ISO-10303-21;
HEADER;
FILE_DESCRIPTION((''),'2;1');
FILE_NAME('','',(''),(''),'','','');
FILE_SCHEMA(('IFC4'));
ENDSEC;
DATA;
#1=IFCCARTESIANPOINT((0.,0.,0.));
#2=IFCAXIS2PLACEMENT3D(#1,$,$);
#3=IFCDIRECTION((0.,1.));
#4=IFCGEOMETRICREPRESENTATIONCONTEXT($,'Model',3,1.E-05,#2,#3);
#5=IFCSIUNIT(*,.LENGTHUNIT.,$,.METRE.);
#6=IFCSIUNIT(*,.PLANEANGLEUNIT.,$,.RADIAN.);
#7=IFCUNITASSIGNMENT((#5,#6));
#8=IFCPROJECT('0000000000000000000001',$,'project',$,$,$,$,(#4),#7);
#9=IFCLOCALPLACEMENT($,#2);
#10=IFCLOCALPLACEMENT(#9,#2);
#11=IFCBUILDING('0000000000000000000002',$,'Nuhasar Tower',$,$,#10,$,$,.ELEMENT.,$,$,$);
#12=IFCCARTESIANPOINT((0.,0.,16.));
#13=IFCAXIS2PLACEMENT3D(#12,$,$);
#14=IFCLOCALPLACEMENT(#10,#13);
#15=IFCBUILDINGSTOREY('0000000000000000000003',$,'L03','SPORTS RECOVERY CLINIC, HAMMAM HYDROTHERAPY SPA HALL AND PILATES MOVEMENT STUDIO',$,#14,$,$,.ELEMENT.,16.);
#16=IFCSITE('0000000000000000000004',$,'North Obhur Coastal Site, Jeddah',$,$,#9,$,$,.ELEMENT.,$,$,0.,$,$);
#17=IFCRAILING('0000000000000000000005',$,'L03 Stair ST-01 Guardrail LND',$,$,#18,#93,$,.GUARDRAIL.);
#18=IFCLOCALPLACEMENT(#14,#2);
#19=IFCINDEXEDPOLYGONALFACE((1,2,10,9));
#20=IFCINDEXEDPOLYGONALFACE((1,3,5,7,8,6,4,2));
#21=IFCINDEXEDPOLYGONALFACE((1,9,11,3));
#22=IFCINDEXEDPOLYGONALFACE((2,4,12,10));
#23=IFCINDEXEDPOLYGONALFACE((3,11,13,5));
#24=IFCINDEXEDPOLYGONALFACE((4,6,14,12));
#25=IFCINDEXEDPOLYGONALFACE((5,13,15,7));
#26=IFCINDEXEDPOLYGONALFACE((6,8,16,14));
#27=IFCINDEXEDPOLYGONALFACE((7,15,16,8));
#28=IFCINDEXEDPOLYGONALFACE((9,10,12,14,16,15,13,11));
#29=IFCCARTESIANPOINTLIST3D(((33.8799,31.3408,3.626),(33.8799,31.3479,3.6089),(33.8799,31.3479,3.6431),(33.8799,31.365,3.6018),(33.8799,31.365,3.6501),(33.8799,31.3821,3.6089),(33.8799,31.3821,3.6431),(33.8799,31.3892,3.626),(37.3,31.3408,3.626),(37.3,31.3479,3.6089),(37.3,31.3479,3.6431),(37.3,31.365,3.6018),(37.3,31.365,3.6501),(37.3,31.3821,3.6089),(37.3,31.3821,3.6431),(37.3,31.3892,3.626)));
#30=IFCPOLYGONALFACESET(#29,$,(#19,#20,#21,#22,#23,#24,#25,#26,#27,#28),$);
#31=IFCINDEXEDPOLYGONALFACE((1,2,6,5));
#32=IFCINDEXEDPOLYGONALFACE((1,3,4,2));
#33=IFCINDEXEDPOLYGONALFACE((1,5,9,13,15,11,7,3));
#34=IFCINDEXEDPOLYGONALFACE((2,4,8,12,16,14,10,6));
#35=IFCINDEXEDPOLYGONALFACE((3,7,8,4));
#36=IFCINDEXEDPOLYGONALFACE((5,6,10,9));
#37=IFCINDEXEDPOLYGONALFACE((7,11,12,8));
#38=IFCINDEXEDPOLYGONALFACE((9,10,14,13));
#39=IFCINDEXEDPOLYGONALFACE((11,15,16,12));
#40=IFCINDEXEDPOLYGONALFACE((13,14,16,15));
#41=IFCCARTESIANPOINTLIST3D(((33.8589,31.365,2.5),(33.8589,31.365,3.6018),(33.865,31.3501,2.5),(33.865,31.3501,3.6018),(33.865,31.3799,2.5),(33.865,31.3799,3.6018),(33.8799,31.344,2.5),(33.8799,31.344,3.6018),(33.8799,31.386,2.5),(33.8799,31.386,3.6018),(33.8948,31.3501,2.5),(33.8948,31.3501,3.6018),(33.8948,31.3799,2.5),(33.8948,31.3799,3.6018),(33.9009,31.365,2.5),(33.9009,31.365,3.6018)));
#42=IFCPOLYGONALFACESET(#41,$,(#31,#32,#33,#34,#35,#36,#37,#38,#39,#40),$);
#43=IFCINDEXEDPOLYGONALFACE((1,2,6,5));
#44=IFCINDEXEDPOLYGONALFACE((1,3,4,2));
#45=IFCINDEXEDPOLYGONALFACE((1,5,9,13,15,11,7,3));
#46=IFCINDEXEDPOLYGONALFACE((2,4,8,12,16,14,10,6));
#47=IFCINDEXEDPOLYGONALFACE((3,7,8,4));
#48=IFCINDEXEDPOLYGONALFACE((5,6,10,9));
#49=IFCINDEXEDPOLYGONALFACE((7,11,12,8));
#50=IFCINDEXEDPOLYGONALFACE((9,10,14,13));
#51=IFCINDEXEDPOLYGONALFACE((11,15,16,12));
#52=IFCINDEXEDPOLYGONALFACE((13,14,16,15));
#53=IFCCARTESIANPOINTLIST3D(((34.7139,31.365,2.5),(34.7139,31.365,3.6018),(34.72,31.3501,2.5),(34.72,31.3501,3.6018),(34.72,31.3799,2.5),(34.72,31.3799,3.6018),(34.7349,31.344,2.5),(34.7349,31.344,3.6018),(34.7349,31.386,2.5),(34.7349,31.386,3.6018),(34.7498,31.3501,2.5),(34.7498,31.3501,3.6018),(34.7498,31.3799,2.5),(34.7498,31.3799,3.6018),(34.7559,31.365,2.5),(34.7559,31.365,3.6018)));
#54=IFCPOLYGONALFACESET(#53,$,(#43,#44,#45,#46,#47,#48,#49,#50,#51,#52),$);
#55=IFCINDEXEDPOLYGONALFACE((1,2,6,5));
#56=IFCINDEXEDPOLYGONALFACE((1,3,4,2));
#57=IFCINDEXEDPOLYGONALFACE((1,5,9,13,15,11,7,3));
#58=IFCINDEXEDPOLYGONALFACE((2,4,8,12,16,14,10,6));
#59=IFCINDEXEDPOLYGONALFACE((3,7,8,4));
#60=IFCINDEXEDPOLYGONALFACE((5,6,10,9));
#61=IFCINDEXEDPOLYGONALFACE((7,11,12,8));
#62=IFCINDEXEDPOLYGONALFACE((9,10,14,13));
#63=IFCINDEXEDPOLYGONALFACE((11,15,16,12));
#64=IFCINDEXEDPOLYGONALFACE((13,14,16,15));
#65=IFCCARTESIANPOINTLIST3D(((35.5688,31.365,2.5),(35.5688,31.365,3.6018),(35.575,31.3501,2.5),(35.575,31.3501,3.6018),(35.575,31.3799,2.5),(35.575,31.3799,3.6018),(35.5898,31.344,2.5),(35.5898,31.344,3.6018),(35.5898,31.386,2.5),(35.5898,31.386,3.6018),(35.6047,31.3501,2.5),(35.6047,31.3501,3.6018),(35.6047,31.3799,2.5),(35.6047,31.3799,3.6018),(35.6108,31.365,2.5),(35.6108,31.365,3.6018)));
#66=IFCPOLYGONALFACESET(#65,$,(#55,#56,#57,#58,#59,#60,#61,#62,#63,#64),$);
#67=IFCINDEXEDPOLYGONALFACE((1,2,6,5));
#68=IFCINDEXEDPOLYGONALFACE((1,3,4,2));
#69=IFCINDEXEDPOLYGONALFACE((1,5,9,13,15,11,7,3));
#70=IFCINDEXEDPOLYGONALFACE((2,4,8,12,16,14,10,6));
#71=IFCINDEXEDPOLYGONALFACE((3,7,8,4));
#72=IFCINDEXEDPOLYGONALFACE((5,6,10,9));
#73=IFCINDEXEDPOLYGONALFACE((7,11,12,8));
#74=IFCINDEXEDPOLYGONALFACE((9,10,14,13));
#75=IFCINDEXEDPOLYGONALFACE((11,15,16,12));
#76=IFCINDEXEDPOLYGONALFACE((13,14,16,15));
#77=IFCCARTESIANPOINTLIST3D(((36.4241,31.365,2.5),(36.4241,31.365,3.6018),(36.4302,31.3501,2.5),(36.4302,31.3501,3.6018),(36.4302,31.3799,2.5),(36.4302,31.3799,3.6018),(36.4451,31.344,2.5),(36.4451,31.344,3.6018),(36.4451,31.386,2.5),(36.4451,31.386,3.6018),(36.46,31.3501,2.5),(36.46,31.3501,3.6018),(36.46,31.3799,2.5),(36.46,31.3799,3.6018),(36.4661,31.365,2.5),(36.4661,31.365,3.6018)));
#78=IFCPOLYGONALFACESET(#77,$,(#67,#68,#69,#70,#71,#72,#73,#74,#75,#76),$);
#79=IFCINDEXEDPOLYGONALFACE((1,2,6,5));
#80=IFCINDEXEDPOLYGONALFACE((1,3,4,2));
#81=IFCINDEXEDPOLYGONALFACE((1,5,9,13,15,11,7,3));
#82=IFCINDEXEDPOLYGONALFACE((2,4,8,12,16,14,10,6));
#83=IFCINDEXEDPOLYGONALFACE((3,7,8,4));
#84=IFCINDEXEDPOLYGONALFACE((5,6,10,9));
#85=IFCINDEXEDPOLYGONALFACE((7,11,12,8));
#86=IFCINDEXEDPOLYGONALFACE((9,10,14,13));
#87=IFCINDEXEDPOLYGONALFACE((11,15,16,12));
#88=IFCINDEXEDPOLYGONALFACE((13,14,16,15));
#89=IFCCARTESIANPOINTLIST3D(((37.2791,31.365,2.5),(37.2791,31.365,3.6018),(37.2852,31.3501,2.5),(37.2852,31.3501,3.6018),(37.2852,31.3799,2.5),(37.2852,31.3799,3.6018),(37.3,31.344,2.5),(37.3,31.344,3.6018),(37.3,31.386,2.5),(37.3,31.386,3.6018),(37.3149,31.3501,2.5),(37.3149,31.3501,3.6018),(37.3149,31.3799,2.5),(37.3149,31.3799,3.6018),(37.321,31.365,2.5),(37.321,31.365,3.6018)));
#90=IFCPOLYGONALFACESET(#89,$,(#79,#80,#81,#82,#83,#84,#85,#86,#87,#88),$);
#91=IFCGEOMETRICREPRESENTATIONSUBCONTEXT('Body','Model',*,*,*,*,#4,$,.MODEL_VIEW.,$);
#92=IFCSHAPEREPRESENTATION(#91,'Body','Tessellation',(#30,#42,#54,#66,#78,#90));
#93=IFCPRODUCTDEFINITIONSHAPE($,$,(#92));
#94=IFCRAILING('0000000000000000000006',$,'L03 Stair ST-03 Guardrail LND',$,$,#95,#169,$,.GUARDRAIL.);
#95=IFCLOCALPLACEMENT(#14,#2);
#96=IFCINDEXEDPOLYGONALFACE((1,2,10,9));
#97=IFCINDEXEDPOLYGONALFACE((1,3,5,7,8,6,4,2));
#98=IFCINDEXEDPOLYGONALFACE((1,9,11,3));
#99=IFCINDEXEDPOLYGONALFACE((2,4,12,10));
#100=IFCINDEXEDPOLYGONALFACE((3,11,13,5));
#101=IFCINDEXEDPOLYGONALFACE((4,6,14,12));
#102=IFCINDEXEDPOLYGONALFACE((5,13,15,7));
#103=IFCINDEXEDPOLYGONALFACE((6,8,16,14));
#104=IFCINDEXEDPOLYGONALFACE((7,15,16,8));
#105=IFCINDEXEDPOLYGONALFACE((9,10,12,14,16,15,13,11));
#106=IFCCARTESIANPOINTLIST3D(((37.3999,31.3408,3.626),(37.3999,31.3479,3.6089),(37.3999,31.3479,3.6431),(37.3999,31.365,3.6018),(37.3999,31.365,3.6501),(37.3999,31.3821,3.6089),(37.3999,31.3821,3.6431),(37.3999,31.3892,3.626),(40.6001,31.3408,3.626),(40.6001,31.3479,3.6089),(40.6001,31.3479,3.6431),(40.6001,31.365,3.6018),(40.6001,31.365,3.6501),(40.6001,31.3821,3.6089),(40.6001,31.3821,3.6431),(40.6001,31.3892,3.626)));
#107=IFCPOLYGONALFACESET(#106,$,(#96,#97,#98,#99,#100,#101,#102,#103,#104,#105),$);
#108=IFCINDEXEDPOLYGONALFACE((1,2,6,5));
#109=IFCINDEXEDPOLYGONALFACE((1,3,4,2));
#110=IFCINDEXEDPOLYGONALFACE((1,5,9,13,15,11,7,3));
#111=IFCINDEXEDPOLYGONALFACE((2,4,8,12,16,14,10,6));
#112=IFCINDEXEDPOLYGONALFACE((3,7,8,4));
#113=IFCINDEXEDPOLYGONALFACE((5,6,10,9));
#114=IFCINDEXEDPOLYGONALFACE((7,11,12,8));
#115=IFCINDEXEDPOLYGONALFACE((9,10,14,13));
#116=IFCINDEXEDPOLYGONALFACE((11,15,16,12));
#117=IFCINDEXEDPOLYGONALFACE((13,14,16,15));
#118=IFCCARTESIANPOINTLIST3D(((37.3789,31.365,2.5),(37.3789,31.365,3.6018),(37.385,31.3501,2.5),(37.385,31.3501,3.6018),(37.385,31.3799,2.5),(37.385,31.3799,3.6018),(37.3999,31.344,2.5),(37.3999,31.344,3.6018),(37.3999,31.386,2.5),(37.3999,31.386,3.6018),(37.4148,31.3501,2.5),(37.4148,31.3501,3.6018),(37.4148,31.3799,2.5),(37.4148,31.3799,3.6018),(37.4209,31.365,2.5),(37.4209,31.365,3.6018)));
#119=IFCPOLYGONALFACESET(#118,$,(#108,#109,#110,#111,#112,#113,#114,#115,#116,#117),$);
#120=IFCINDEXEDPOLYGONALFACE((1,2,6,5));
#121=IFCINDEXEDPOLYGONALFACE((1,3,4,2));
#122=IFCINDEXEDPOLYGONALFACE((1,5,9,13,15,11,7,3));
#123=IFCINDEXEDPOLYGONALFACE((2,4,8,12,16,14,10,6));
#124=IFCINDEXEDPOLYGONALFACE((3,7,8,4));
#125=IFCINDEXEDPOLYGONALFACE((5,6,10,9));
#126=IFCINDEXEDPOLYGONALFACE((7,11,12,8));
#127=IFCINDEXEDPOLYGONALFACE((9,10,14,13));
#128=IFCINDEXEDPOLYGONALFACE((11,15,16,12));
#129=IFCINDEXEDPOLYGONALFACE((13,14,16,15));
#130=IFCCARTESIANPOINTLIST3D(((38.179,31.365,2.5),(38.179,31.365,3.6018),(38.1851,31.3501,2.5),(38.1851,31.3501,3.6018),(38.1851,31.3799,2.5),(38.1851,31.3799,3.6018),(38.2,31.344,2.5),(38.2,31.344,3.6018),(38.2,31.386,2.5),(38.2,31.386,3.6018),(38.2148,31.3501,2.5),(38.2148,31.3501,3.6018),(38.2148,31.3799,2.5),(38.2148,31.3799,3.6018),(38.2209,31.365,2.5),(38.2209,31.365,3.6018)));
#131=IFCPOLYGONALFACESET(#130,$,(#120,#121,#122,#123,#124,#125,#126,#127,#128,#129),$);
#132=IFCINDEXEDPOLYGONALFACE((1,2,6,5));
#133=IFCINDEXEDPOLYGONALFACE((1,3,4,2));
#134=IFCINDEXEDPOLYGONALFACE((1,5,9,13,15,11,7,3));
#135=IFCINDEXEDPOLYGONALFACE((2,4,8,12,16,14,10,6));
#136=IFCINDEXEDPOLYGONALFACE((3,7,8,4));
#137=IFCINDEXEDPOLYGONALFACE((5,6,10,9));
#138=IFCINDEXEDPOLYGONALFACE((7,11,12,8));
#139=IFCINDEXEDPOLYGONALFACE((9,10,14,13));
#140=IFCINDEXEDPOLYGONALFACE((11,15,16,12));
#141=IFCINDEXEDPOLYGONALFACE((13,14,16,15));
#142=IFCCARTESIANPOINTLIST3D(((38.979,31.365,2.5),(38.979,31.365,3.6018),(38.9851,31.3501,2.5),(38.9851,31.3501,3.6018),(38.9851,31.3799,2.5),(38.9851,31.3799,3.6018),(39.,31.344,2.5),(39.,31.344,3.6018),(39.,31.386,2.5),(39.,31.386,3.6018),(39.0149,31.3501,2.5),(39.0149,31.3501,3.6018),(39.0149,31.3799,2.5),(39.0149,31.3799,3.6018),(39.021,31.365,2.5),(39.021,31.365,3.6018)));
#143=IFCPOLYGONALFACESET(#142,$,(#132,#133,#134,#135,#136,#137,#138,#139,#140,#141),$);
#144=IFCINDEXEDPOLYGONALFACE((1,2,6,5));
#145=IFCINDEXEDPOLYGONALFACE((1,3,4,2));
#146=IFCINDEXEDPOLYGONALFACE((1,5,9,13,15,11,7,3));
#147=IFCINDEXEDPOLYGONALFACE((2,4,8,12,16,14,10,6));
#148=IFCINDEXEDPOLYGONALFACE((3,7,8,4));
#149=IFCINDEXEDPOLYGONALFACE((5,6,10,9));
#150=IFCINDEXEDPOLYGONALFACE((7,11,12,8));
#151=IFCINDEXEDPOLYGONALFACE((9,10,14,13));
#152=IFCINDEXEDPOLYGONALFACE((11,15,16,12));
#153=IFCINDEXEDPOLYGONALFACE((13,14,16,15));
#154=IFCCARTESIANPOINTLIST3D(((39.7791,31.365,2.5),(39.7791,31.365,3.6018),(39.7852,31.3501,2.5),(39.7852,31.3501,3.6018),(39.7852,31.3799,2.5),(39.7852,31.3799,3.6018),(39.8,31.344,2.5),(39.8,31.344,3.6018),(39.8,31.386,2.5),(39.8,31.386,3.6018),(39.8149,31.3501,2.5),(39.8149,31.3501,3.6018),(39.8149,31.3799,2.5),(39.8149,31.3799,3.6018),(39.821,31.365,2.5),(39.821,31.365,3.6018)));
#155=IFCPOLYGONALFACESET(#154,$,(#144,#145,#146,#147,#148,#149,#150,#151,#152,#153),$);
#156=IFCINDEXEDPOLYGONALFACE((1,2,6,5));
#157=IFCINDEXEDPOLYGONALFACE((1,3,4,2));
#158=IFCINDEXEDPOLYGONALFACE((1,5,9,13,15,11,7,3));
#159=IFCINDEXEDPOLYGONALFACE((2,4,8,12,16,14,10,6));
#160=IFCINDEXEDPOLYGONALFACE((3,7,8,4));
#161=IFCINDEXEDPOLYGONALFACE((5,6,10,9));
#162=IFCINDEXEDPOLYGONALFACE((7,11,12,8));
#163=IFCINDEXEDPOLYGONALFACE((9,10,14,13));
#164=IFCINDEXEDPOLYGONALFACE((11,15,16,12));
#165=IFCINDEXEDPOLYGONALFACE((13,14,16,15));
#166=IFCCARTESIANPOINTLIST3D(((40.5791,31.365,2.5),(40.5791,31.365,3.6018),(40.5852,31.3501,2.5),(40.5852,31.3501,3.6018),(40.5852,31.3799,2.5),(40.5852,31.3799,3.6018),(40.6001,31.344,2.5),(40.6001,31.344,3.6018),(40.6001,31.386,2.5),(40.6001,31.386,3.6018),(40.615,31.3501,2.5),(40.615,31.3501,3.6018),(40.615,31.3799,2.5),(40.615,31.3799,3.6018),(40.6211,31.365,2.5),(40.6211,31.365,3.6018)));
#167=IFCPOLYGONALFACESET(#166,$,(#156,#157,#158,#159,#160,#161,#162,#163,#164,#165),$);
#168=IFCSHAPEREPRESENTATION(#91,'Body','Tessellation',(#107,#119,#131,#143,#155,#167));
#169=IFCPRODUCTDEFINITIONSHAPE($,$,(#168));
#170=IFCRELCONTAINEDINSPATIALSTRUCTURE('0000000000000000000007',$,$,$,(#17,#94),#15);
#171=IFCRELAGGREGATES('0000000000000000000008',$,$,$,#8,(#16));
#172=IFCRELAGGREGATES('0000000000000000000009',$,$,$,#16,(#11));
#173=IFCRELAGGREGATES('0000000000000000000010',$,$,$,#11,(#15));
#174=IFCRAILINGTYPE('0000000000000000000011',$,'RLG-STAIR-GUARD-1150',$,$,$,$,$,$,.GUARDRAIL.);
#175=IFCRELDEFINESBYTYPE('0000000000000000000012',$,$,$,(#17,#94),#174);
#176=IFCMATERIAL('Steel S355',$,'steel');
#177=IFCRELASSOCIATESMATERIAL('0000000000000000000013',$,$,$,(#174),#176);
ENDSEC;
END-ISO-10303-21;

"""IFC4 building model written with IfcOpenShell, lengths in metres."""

from ifc_helpers import new_model, si_unit, direction, frame, origin, place, context, subcontext, project, spatial, polyline, outline, extrude, material, type_object, element, save


model = new_model("IFC4")

# Units and contexts
model_context = context("Model", 3, precision=1e-05, world=origin(), true_north=direction((0.0, 1.0)))
body_context = subcontext(model_context, "Body", "Model", "MODEL_VIEW")
ifc_project = project(units=[si_unit("LENGTHUNIT", "METRE"), si_unit("PLANEANGLEUNIT", "RADIAN")], contexts=[model_context])

# Site, building, storey
site_placement = place(None, origin())
site = spatial("IfcSite", under=ifc_project, at=site_placement, Name="North Obhur Coastal Site, Jeddah", CompositionType="ELEMENT", RefElevation=0.0)
building_placement = place(site_placement, origin())
building = spatial("IfcBuilding", under=site, at=building_placement, Name="Nuhasar Tower", CompositionType="ELEMENT")
storey_placement = place(building_placement, frame((0.0, 0.0, 16.0)))
storey = spatial("IfcBuildingStorey", under=building, at=storey_placement, Name="L03", Description="SPORTS RECOVERY CLINIC, HAMMAM HYDROTHERAPY SPA HALL AND PILATES MOVEMENT STUDIO", CompositionType="ELEMENT", Elevation=16.0)

# Shared definitions
ifc_material_1 = material(Name="Steel S355", Category="steel")

# Railings
railing_type_1 = type_object("IfcRailingType", Name="RLG-STAIR-GUARD-1150", PredefinedType="GUARDRAIL", material=ifc_material_1)
railing_1_placement = place(storey_placement, frame((33.8799, 31.365, 2.5)))
element("IfcRailing", 1, at=railing_1_placement, inside=storey, type_object=railing_type_1, Name="L03 Stair ST-01 Guardrail LND", PredefinedType="GUARDRAIL", context=body_context, shape_type="SweptSolid", body=[
    extrude(outline(polyline([(0.0242, 0.0), (0.0171, 0.0171), (0.0, 0.0242), (-0.0171, 0.0171), (-0.0242, 0.0), (-0.0171, -0.0171), (0.0, -0.0242), (0.0171, -0.0171), (0.0242, 0.0)])), frame((0.0, 0.0, 1.126), z_axis=(1.0, 0.0, 0.0), x_axis=(0.0, 1.0, 0.0)), (0.0, 0.0, 1.0), 3.4202),
    extrude(outline(polyline([(0.021, 0.0), (0.0149, 0.0149), (0.0, 0.021), (-0.0149, 0.0149), (-0.021, 0.0), (-0.0149, -0.0149), (0.0, -0.021), (0.0149, -0.0149), (0.021, 0.0)])), origin(), (0.0, 0.0, 1.0), 1.1018),
    extrude(outline(polyline([(0.021, 0.0), (0.0149, 0.0149), (0.0, 0.021), (-0.0149, 0.0149), (-0.021, 0.0), (-0.0149, -0.0149), (0.0, -0.021), (0.0149, -0.0149), (0.021, 0.0)])), frame((0.855, 0.0, 0.0)), (0.0, 0.0, 1.0), 1.1018),
    extrude(outline(polyline([(0.021, 0.0), (0.0149, 0.0149), (0.0, 0.021), (-0.0149, 0.0149), (-0.021, 0.0), (-0.0149, -0.0149), (0.0, -0.021), (0.0149, -0.0149), (0.021, 0.0)])), frame((1.71, 0.0, 0.0)), (0.0, 0.0, 1.0), 1.1018),
    extrude(outline(polyline([(0.021, 0.0), (0.0149, 0.0149), (0.0, 0.021), (-0.0149, 0.0149), (-0.021, 0.0), (-0.0149, -0.0149), (0.0, -0.021), (0.0149, -0.0149), (0.021, 0.0)])), frame((2.5652, 0.0, 0.0)), (0.0, 0.0, 1.0), 1.1018),
    extrude(outline(polyline([(0.021, 0.0), (0.0149, 0.0149), (0.0, 0.021), (-0.0149, 0.0149), (-0.021, 0.0), (-0.0149, -0.0149), (0.0, -0.021), (0.0149, -0.0149), (0.021, 0.0)])), frame((3.4202, 0.0, 0.0)), (0.0, 0.0, 1.0), 1.1018),
])
railing_2_placement = place(storey_placement, frame((37.3999, 31.365, 2.5)))
element("IfcRailing", 2, at=railing_2_placement, inside=storey, type_object=railing_type_1, Name="L03 Stair ST-03 Guardrail LND", PredefinedType="GUARDRAIL", context=body_context, shape_type="SweptSolid", body=[
    extrude(outline(polyline([(0.0242, 0.0), (0.0171, 0.0171), (0.0, 0.0242), (-0.0171, 0.0171), (-0.0242, 0.0), (-0.0171, -0.0171), (0.0, -0.0242), (0.0171, -0.0171), (0.0242, 0.0)])), frame((0.0, 0.0, 1.126), z_axis=(1.0, 0.0, 0.0), x_axis=(0.0, 1.0, 0.0)), (0.0, 0.0, 1.0), 3.2002),
    extrude(outline(polyline([(0.021, 0.0), (0.0149, 0.0149), (0.0, 0.021), (-0.0149, 0.0149), (-0.021, 0.0), (-0.0149, -0.0149), (0.0, -0.021), (0.0149, -0.0149), (0.021, 0.0)])), origin(), (0.0, 0.0, 1.0), 1.1018),
    extrude(outline(polyline([(0.021, 0.0), (0.0149, 0.0149), (0.0, 0.021), (-0.0149, 0.0149), (-0.021, 0.0), (-0.0149, -0.0149), (0.0, -0.021), (0.0149, -0.0149), (0.021, 0.0)])), frame((0.8, 0.0, 0.0)), (0.0, 0.0, 1.0), 1.1018),
    extrude(outline(polyline([(0.021, 0.0), (0.0149, 0.0149), (0.0, 0.021), (-0.0149, 0.0149), (-0.021, 0.0), (-0.0149, -0.0149), (0.0, -0.021), (0.0149, -0.0149), (0.021, 0.0)])), frame((1.6001, 0.0, 0.0)), (0.0, 0.0, 1.0), 1.1018),
    extrude(outline(polyline([(0.021, 0.0), (0.0149, 0.0149), (0.0, 0.021), (-0.0149, 0.0149), (-0.021, 0.0), (-0.0149, -0.0149), (0.0, -0.021), (0.0149, -0.0149), (0.021, 0.0)])), frame((2.4001, 0.0, 0.0)), (0.0, 0.0, 1.0), 1.1018),
    extrude(outline(polyline([(0.021, 0.0), (0.0149, 0.0149), (0.0, 0.021), (-0.0149, 0.0149), (-0.021, 0.0), (-0.0149, -0.0149), (0.0, -0.021), (0.0149, -0.0149), (0.021, 0.0)])), frame((3.2002, 0.0, 0.0)), (0.0, 0.0, 1.0), 1.1018),
])

save(model, "model.ifc")
